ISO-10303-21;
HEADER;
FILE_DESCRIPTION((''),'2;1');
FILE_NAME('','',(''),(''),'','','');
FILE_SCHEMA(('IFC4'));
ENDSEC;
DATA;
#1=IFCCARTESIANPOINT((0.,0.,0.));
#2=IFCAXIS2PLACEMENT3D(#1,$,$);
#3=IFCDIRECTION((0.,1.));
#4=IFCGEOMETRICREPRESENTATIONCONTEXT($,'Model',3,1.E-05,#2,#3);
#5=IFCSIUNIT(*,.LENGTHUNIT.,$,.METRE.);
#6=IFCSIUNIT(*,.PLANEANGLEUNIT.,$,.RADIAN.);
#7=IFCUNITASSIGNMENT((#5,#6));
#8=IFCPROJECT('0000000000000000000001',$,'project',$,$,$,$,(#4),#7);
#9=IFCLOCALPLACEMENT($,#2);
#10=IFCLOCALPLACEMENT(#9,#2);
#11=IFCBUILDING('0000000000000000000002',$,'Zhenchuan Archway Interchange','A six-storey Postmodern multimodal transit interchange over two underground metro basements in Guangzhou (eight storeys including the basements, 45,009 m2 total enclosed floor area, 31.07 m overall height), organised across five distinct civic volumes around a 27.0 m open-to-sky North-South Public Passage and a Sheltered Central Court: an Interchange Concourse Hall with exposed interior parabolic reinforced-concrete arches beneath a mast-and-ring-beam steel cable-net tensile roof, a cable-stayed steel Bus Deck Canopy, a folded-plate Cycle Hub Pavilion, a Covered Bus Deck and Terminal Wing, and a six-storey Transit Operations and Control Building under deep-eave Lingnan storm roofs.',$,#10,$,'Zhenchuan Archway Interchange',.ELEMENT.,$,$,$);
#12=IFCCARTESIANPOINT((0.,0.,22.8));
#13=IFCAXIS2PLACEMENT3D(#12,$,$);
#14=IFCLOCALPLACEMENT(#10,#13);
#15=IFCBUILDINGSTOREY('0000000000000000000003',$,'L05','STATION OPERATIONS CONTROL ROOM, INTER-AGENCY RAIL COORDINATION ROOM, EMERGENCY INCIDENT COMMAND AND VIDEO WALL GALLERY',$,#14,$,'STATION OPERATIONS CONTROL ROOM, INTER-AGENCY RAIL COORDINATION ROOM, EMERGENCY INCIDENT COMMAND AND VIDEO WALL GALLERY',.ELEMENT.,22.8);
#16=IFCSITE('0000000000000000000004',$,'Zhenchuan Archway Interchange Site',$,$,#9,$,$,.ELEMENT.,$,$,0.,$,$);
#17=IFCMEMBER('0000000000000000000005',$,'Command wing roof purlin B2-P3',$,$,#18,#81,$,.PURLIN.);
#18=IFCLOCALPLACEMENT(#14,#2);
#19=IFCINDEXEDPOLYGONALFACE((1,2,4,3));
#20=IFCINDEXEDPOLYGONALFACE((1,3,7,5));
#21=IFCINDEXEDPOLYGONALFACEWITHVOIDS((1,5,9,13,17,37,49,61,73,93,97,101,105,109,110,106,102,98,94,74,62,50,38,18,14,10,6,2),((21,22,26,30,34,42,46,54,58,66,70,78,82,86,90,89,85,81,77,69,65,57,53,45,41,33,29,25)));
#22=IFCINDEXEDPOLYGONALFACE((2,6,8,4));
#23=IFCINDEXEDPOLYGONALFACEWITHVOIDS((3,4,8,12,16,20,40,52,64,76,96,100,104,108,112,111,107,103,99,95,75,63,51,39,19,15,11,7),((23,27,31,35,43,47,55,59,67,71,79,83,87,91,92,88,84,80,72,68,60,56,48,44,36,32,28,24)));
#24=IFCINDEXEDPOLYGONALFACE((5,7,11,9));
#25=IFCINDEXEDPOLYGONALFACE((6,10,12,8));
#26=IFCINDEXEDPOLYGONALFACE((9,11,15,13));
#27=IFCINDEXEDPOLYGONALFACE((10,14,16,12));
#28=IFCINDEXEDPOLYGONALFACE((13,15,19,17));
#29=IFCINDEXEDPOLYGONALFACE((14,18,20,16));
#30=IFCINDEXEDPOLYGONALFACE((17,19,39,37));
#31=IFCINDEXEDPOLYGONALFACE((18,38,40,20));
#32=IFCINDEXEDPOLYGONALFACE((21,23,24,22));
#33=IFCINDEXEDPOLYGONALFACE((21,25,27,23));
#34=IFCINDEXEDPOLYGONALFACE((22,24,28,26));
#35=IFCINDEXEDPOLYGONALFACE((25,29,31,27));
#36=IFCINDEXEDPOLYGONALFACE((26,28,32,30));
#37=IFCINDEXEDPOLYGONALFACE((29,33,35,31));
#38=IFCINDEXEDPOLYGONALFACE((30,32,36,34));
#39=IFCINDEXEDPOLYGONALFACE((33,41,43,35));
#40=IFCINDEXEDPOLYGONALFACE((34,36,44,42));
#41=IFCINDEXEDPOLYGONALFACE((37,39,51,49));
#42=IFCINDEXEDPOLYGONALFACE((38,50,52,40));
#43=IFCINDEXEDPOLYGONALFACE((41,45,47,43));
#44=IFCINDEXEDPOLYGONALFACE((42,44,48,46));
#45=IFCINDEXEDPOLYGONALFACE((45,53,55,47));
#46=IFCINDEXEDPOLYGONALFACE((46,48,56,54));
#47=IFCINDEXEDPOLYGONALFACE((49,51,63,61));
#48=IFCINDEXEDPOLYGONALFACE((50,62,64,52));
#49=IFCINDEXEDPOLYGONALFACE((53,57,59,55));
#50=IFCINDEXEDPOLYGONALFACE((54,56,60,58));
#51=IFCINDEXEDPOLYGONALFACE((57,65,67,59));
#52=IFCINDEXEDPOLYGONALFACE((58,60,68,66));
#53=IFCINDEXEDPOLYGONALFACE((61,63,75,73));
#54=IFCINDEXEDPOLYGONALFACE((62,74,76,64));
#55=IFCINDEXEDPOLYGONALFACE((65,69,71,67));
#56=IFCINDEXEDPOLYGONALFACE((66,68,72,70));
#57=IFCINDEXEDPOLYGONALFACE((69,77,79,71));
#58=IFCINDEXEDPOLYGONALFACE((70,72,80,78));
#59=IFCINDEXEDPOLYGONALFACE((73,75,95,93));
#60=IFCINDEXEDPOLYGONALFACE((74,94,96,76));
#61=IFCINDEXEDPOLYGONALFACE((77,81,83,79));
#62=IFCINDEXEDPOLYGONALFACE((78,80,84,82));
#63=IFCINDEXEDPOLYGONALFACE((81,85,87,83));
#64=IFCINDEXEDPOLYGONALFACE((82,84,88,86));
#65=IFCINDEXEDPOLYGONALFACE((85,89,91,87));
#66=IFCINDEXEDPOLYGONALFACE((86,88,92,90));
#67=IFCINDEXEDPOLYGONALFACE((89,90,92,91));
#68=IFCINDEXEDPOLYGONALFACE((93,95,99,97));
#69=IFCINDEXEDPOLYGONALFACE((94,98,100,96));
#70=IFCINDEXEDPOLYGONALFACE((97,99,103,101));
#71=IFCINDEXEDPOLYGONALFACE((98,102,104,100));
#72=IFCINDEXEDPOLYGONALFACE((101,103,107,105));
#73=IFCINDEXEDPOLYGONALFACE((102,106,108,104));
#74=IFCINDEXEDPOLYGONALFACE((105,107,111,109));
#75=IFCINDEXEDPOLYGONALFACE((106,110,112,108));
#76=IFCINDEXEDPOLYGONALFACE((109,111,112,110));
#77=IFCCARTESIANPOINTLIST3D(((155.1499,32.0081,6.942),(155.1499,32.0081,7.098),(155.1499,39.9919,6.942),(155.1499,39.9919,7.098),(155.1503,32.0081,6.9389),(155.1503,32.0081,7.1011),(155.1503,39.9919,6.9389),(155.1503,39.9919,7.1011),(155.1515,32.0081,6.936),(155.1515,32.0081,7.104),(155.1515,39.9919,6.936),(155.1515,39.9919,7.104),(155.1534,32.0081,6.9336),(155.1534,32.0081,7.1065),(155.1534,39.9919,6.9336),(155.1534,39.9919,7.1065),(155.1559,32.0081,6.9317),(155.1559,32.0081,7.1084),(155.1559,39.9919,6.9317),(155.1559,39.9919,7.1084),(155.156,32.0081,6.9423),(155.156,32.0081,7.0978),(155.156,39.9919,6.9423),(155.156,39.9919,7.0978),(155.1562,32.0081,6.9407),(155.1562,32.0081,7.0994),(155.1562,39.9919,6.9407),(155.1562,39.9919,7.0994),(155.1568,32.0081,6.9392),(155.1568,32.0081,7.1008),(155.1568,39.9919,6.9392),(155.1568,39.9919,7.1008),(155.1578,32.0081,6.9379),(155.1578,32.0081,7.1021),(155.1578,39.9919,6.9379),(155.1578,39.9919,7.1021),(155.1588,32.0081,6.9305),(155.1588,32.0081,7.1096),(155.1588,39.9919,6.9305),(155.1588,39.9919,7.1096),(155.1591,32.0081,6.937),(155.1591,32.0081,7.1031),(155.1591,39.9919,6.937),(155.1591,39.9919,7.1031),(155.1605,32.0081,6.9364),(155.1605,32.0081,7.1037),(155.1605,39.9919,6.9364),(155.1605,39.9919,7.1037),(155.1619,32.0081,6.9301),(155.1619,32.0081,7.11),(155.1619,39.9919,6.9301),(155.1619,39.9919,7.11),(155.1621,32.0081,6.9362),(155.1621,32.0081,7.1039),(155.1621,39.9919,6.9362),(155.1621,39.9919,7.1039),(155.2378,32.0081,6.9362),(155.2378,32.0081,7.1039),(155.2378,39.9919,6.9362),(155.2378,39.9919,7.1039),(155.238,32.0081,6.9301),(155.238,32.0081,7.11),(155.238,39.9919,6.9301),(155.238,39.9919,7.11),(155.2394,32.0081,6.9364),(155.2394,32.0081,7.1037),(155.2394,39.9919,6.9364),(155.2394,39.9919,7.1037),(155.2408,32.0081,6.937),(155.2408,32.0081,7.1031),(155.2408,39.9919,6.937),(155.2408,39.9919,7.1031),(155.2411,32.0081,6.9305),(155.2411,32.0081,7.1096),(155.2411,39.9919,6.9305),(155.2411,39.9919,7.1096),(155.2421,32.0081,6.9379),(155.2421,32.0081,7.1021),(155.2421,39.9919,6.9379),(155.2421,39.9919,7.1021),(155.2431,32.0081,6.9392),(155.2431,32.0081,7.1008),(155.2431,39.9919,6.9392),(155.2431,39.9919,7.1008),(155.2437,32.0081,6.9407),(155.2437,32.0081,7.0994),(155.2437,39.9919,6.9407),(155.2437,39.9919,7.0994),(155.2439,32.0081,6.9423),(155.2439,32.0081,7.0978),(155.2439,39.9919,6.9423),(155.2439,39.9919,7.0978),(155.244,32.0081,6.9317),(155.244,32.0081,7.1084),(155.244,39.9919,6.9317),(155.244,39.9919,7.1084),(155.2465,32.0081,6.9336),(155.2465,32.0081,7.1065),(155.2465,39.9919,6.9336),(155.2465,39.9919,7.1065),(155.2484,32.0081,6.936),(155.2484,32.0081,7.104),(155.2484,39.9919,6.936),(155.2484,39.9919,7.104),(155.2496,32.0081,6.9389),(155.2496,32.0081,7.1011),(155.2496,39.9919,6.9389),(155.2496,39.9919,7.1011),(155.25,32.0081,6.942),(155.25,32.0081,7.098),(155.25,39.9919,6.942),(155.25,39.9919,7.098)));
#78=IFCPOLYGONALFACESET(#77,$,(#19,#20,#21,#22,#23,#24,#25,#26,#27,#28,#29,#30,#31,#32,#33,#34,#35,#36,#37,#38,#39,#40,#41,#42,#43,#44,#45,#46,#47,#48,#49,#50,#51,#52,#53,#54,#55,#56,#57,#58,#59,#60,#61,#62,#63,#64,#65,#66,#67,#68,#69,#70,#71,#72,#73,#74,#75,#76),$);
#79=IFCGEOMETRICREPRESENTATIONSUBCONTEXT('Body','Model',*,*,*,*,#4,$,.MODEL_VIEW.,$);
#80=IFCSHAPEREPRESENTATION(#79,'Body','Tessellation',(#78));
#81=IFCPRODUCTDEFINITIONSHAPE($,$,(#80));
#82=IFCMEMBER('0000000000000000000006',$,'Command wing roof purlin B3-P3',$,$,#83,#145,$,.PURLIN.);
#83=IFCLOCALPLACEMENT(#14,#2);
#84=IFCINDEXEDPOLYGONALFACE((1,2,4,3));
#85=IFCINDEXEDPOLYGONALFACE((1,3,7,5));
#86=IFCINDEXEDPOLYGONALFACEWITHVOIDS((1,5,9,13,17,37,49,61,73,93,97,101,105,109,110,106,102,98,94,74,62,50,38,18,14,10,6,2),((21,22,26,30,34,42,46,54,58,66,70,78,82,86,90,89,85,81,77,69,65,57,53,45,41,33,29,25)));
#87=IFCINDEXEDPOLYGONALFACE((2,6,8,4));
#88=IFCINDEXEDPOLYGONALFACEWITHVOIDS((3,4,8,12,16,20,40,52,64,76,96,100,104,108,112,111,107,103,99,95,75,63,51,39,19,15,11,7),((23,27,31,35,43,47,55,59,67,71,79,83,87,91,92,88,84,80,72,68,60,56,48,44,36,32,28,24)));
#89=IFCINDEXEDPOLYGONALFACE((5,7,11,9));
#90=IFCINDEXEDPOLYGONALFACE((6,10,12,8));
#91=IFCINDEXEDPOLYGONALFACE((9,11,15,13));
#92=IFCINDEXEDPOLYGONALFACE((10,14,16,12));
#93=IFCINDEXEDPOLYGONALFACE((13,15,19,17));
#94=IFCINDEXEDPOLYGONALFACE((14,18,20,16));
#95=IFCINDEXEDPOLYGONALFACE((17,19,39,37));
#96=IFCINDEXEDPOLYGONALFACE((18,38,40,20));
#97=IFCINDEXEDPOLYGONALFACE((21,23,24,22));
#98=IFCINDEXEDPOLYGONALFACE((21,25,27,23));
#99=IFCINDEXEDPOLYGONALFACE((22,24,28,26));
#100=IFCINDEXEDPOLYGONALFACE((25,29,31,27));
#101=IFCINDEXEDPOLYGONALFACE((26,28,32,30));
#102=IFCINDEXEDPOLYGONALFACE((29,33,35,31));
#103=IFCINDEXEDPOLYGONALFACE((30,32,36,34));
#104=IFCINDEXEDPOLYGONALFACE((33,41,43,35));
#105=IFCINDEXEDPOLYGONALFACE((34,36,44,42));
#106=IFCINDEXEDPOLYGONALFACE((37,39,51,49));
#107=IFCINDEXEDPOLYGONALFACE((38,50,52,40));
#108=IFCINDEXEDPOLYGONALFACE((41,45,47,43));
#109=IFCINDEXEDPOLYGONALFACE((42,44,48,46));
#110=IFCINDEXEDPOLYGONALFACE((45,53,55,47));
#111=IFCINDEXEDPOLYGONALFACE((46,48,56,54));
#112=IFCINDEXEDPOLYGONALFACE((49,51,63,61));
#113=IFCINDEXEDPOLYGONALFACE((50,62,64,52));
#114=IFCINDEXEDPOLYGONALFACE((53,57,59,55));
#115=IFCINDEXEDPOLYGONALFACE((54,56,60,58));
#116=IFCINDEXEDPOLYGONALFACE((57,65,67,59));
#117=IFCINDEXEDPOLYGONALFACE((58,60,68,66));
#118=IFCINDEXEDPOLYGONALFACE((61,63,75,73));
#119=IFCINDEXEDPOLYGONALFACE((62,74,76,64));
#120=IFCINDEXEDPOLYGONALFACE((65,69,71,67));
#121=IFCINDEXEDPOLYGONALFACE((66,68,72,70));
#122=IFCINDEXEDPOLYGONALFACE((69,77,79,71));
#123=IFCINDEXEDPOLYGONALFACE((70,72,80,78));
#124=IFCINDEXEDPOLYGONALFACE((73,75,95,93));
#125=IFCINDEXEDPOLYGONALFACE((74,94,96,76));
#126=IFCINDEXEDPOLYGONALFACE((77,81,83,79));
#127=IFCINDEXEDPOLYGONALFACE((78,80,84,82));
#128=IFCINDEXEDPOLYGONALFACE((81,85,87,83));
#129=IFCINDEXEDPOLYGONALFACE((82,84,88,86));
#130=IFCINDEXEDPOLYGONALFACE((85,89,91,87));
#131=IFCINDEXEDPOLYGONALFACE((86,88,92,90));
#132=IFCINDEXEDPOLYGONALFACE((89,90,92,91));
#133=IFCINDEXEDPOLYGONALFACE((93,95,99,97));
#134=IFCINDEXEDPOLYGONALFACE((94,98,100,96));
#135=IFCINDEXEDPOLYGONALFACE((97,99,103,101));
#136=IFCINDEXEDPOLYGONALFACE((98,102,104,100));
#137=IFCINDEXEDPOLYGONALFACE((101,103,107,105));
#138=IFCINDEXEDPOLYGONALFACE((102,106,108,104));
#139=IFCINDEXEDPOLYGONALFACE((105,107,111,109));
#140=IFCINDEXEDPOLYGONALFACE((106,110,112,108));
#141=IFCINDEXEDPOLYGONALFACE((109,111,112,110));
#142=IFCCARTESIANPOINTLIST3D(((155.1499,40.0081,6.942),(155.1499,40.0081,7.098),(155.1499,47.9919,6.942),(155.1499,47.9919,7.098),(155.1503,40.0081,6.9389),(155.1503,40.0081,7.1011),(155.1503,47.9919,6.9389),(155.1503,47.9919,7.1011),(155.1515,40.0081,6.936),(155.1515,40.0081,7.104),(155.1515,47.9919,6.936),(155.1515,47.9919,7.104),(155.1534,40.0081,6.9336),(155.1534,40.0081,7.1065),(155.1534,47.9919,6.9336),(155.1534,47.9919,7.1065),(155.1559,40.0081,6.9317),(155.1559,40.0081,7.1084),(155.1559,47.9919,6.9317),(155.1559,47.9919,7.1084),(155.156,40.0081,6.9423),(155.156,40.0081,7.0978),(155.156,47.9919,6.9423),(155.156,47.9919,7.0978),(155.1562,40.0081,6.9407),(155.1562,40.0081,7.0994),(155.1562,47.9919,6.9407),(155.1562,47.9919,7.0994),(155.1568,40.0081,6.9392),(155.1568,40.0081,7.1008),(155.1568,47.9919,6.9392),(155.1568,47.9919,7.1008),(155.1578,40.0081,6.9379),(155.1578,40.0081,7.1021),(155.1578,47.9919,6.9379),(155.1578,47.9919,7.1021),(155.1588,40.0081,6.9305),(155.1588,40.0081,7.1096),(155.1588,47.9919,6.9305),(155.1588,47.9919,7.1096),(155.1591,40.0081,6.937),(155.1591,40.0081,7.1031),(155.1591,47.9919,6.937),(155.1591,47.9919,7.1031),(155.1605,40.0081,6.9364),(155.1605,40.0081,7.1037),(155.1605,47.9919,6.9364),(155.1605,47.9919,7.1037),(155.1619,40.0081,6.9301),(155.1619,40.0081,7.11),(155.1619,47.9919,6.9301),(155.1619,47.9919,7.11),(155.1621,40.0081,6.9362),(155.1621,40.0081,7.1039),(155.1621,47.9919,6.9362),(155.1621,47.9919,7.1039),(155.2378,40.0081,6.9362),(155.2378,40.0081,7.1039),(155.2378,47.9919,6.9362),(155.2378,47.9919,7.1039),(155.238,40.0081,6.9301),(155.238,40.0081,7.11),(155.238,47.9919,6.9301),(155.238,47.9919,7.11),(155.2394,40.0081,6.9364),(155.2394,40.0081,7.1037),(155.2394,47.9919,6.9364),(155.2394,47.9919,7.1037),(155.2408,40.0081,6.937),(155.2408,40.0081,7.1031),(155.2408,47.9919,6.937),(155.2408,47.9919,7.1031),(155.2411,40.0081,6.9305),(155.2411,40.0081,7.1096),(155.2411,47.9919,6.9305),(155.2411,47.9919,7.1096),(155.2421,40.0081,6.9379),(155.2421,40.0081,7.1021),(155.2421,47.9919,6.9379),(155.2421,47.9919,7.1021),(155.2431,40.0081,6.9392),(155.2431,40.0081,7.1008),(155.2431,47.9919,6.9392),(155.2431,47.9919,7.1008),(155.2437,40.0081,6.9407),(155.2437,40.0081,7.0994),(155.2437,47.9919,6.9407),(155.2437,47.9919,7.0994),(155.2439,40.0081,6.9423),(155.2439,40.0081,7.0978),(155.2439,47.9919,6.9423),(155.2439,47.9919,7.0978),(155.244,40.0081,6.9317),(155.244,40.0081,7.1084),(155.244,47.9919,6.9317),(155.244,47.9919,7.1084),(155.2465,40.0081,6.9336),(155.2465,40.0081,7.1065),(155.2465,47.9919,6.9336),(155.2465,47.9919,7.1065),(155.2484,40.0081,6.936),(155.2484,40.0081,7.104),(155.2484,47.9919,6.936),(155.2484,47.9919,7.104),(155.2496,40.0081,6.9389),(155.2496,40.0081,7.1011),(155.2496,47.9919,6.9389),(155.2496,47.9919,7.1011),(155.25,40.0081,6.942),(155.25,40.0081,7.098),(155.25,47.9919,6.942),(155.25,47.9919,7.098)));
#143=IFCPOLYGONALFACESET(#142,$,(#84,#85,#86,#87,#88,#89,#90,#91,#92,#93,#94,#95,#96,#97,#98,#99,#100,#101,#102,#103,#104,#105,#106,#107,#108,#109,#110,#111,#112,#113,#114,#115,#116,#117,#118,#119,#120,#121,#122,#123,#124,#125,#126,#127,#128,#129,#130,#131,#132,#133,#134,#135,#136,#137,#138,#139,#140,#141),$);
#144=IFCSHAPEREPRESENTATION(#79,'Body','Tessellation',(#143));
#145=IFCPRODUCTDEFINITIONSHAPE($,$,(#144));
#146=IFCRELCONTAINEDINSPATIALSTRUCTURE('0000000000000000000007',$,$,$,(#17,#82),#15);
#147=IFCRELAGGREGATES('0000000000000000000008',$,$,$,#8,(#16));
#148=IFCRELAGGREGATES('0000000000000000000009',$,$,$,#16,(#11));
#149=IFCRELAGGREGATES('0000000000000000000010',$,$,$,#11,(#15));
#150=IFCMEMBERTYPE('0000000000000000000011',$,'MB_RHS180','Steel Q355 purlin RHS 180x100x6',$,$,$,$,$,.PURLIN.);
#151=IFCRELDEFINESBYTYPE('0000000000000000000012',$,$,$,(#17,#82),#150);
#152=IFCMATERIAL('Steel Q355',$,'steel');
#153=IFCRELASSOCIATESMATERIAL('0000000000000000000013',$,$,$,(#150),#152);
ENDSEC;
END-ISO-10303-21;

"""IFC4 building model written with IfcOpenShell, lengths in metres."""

from ifc_helpers import new_model, si_unit, direction, frame, origin, origin_2d, place, context, subcontext, project, spatial, hollow_rectangle, extrude, material, material_profile, profile_set, type_object, element, save


model = new_model("IFC4")

# Units and contexts
model_context = context("Model", 3, precision=1e-05, world=origin(), true_north=direction((0.0, 1.0)))
body_context = subcontext(model_context, "Body", "Model", "MODEL_VIEW")
ifc_project = project(units=[si_unit("LENGTHUNIT", "METRE"), si_unit("PLANEANGLEUNIT", "RADIAN")], contexts=[model_context])

# Site, building, storey
site_placement = place(None, origin())
site = spatial("IfcSite", under=ifc_project, at=site_placement, Name="Zhenchuan Archway Interchange Site", CompositionType="ELEMENT", RefElevation=0.0)
building_placement = place(site_placement, origin())
building = spatial("IfcBuilding", under=site, at=building_placement, Name="Zhenchuan Archway Interchange", Description="A six-storey Postmodern multimodal transit interchange over two underground metro basements in Guangzhou (eight storeys including the basements, 45,009 m2 total enclosed floor area, 31.07 m overall height), organised across five distinct civic volumes around a 27.0 m open-to-sky North-South Public Passage and a Sheltered Central Court: an Interchange Concourse Hall with exposed interior parabolic reinforced-concrete arches beneath a mast-and-ring-beam steel cable-net tensile roof, a cable-stayed steel Bus Deck Canopy, a folded-plate Cycle Hub Pavilion, a Covered Bus Deck and Terminal Wing, and a six-storey Transit Operations and Control Building under deep-eave Lingnan storm roofs.", LongName="Zhenchuan Archway Interchange", CompositionType="ELEMENT")
storey_placement = place(building_placement, frame((0.0, 0.0, 22.8)))
storey = spatial("IfcBuildingStorey", under=building, at=storey_placement, Name="L05", Description="STATION OPERATIONS CONTROL ROOM, INTER-AGENCY RAIL COORDINATION ROOM, EMERGENCY INCIDENT COMMAND AND VIDEO WALL GALLERY", LongName="STATION OPERATIONS CONTROL ROOM, INTER-AGENCY RAIL COORDINATION ROOM, EMERGENCY INCIDENT COMMAND AND VIDEO WALL GALLERY", CompositionType="ELEMENT", Elevation=22.8)

# Shared definitions
ifc_material_1 = material(Name="Steel Q355", Category="steel")

# Members
ifc_material_profile_1 = material_profile(ifc_material_1, hollow_rectangle(XDim=0.1001, YDim=0.1799, WallThickness=0.0061, InnerFilletRadius=0.0061, OuterFilletRadius=0.012, at=origin_2d()), Name="RHS 180x100x6")
ifc_profile_set_1 = profile_set([ifc_material_profile_1], Name="Steel Q355")
member_type_1 = type_object("IfcMemberType", Name="MB_RHS180", Description="Steel Q355 purlin RHS 180x100x6", PredefinedType="PURLIN", material=ifc_profile_set_1)
for number, where, z_axis, x_axis, name in (
    (1, (155.2, 32.0081, 7.02), (0.0, 1.0, 0.0), (-1.0, 0.0, 0.0), "Command wing roof purlin B2-P3"),
    (2, (155.2, 40.0081, 7.02), (0.0, 1.0, 0.0), (-1.0, 0.0, 0.0), "Command wing roof purlin B3-P3"),
):
    element("IfcMember", number, at=place(storey_placement, frame(where, z_axis=z_axis, x_axis=x_axis)), inside=storey, type_object=member_type_1, Name=name, PredefinedType="PURLIN", context=body_context, shape_type="SweptSolid", body=[
        extrude(hollow_rectangle(XDim=0.1001, YDim=0.1799, WallThickness=0.0061, InnerFilletRadius=0.0061, OuterFilletRadius=0.012, at=origin_2d()), origin(), (0.0, 0.0, 1.0), 7.9839),
    ])

save(model, "model.ifc")
